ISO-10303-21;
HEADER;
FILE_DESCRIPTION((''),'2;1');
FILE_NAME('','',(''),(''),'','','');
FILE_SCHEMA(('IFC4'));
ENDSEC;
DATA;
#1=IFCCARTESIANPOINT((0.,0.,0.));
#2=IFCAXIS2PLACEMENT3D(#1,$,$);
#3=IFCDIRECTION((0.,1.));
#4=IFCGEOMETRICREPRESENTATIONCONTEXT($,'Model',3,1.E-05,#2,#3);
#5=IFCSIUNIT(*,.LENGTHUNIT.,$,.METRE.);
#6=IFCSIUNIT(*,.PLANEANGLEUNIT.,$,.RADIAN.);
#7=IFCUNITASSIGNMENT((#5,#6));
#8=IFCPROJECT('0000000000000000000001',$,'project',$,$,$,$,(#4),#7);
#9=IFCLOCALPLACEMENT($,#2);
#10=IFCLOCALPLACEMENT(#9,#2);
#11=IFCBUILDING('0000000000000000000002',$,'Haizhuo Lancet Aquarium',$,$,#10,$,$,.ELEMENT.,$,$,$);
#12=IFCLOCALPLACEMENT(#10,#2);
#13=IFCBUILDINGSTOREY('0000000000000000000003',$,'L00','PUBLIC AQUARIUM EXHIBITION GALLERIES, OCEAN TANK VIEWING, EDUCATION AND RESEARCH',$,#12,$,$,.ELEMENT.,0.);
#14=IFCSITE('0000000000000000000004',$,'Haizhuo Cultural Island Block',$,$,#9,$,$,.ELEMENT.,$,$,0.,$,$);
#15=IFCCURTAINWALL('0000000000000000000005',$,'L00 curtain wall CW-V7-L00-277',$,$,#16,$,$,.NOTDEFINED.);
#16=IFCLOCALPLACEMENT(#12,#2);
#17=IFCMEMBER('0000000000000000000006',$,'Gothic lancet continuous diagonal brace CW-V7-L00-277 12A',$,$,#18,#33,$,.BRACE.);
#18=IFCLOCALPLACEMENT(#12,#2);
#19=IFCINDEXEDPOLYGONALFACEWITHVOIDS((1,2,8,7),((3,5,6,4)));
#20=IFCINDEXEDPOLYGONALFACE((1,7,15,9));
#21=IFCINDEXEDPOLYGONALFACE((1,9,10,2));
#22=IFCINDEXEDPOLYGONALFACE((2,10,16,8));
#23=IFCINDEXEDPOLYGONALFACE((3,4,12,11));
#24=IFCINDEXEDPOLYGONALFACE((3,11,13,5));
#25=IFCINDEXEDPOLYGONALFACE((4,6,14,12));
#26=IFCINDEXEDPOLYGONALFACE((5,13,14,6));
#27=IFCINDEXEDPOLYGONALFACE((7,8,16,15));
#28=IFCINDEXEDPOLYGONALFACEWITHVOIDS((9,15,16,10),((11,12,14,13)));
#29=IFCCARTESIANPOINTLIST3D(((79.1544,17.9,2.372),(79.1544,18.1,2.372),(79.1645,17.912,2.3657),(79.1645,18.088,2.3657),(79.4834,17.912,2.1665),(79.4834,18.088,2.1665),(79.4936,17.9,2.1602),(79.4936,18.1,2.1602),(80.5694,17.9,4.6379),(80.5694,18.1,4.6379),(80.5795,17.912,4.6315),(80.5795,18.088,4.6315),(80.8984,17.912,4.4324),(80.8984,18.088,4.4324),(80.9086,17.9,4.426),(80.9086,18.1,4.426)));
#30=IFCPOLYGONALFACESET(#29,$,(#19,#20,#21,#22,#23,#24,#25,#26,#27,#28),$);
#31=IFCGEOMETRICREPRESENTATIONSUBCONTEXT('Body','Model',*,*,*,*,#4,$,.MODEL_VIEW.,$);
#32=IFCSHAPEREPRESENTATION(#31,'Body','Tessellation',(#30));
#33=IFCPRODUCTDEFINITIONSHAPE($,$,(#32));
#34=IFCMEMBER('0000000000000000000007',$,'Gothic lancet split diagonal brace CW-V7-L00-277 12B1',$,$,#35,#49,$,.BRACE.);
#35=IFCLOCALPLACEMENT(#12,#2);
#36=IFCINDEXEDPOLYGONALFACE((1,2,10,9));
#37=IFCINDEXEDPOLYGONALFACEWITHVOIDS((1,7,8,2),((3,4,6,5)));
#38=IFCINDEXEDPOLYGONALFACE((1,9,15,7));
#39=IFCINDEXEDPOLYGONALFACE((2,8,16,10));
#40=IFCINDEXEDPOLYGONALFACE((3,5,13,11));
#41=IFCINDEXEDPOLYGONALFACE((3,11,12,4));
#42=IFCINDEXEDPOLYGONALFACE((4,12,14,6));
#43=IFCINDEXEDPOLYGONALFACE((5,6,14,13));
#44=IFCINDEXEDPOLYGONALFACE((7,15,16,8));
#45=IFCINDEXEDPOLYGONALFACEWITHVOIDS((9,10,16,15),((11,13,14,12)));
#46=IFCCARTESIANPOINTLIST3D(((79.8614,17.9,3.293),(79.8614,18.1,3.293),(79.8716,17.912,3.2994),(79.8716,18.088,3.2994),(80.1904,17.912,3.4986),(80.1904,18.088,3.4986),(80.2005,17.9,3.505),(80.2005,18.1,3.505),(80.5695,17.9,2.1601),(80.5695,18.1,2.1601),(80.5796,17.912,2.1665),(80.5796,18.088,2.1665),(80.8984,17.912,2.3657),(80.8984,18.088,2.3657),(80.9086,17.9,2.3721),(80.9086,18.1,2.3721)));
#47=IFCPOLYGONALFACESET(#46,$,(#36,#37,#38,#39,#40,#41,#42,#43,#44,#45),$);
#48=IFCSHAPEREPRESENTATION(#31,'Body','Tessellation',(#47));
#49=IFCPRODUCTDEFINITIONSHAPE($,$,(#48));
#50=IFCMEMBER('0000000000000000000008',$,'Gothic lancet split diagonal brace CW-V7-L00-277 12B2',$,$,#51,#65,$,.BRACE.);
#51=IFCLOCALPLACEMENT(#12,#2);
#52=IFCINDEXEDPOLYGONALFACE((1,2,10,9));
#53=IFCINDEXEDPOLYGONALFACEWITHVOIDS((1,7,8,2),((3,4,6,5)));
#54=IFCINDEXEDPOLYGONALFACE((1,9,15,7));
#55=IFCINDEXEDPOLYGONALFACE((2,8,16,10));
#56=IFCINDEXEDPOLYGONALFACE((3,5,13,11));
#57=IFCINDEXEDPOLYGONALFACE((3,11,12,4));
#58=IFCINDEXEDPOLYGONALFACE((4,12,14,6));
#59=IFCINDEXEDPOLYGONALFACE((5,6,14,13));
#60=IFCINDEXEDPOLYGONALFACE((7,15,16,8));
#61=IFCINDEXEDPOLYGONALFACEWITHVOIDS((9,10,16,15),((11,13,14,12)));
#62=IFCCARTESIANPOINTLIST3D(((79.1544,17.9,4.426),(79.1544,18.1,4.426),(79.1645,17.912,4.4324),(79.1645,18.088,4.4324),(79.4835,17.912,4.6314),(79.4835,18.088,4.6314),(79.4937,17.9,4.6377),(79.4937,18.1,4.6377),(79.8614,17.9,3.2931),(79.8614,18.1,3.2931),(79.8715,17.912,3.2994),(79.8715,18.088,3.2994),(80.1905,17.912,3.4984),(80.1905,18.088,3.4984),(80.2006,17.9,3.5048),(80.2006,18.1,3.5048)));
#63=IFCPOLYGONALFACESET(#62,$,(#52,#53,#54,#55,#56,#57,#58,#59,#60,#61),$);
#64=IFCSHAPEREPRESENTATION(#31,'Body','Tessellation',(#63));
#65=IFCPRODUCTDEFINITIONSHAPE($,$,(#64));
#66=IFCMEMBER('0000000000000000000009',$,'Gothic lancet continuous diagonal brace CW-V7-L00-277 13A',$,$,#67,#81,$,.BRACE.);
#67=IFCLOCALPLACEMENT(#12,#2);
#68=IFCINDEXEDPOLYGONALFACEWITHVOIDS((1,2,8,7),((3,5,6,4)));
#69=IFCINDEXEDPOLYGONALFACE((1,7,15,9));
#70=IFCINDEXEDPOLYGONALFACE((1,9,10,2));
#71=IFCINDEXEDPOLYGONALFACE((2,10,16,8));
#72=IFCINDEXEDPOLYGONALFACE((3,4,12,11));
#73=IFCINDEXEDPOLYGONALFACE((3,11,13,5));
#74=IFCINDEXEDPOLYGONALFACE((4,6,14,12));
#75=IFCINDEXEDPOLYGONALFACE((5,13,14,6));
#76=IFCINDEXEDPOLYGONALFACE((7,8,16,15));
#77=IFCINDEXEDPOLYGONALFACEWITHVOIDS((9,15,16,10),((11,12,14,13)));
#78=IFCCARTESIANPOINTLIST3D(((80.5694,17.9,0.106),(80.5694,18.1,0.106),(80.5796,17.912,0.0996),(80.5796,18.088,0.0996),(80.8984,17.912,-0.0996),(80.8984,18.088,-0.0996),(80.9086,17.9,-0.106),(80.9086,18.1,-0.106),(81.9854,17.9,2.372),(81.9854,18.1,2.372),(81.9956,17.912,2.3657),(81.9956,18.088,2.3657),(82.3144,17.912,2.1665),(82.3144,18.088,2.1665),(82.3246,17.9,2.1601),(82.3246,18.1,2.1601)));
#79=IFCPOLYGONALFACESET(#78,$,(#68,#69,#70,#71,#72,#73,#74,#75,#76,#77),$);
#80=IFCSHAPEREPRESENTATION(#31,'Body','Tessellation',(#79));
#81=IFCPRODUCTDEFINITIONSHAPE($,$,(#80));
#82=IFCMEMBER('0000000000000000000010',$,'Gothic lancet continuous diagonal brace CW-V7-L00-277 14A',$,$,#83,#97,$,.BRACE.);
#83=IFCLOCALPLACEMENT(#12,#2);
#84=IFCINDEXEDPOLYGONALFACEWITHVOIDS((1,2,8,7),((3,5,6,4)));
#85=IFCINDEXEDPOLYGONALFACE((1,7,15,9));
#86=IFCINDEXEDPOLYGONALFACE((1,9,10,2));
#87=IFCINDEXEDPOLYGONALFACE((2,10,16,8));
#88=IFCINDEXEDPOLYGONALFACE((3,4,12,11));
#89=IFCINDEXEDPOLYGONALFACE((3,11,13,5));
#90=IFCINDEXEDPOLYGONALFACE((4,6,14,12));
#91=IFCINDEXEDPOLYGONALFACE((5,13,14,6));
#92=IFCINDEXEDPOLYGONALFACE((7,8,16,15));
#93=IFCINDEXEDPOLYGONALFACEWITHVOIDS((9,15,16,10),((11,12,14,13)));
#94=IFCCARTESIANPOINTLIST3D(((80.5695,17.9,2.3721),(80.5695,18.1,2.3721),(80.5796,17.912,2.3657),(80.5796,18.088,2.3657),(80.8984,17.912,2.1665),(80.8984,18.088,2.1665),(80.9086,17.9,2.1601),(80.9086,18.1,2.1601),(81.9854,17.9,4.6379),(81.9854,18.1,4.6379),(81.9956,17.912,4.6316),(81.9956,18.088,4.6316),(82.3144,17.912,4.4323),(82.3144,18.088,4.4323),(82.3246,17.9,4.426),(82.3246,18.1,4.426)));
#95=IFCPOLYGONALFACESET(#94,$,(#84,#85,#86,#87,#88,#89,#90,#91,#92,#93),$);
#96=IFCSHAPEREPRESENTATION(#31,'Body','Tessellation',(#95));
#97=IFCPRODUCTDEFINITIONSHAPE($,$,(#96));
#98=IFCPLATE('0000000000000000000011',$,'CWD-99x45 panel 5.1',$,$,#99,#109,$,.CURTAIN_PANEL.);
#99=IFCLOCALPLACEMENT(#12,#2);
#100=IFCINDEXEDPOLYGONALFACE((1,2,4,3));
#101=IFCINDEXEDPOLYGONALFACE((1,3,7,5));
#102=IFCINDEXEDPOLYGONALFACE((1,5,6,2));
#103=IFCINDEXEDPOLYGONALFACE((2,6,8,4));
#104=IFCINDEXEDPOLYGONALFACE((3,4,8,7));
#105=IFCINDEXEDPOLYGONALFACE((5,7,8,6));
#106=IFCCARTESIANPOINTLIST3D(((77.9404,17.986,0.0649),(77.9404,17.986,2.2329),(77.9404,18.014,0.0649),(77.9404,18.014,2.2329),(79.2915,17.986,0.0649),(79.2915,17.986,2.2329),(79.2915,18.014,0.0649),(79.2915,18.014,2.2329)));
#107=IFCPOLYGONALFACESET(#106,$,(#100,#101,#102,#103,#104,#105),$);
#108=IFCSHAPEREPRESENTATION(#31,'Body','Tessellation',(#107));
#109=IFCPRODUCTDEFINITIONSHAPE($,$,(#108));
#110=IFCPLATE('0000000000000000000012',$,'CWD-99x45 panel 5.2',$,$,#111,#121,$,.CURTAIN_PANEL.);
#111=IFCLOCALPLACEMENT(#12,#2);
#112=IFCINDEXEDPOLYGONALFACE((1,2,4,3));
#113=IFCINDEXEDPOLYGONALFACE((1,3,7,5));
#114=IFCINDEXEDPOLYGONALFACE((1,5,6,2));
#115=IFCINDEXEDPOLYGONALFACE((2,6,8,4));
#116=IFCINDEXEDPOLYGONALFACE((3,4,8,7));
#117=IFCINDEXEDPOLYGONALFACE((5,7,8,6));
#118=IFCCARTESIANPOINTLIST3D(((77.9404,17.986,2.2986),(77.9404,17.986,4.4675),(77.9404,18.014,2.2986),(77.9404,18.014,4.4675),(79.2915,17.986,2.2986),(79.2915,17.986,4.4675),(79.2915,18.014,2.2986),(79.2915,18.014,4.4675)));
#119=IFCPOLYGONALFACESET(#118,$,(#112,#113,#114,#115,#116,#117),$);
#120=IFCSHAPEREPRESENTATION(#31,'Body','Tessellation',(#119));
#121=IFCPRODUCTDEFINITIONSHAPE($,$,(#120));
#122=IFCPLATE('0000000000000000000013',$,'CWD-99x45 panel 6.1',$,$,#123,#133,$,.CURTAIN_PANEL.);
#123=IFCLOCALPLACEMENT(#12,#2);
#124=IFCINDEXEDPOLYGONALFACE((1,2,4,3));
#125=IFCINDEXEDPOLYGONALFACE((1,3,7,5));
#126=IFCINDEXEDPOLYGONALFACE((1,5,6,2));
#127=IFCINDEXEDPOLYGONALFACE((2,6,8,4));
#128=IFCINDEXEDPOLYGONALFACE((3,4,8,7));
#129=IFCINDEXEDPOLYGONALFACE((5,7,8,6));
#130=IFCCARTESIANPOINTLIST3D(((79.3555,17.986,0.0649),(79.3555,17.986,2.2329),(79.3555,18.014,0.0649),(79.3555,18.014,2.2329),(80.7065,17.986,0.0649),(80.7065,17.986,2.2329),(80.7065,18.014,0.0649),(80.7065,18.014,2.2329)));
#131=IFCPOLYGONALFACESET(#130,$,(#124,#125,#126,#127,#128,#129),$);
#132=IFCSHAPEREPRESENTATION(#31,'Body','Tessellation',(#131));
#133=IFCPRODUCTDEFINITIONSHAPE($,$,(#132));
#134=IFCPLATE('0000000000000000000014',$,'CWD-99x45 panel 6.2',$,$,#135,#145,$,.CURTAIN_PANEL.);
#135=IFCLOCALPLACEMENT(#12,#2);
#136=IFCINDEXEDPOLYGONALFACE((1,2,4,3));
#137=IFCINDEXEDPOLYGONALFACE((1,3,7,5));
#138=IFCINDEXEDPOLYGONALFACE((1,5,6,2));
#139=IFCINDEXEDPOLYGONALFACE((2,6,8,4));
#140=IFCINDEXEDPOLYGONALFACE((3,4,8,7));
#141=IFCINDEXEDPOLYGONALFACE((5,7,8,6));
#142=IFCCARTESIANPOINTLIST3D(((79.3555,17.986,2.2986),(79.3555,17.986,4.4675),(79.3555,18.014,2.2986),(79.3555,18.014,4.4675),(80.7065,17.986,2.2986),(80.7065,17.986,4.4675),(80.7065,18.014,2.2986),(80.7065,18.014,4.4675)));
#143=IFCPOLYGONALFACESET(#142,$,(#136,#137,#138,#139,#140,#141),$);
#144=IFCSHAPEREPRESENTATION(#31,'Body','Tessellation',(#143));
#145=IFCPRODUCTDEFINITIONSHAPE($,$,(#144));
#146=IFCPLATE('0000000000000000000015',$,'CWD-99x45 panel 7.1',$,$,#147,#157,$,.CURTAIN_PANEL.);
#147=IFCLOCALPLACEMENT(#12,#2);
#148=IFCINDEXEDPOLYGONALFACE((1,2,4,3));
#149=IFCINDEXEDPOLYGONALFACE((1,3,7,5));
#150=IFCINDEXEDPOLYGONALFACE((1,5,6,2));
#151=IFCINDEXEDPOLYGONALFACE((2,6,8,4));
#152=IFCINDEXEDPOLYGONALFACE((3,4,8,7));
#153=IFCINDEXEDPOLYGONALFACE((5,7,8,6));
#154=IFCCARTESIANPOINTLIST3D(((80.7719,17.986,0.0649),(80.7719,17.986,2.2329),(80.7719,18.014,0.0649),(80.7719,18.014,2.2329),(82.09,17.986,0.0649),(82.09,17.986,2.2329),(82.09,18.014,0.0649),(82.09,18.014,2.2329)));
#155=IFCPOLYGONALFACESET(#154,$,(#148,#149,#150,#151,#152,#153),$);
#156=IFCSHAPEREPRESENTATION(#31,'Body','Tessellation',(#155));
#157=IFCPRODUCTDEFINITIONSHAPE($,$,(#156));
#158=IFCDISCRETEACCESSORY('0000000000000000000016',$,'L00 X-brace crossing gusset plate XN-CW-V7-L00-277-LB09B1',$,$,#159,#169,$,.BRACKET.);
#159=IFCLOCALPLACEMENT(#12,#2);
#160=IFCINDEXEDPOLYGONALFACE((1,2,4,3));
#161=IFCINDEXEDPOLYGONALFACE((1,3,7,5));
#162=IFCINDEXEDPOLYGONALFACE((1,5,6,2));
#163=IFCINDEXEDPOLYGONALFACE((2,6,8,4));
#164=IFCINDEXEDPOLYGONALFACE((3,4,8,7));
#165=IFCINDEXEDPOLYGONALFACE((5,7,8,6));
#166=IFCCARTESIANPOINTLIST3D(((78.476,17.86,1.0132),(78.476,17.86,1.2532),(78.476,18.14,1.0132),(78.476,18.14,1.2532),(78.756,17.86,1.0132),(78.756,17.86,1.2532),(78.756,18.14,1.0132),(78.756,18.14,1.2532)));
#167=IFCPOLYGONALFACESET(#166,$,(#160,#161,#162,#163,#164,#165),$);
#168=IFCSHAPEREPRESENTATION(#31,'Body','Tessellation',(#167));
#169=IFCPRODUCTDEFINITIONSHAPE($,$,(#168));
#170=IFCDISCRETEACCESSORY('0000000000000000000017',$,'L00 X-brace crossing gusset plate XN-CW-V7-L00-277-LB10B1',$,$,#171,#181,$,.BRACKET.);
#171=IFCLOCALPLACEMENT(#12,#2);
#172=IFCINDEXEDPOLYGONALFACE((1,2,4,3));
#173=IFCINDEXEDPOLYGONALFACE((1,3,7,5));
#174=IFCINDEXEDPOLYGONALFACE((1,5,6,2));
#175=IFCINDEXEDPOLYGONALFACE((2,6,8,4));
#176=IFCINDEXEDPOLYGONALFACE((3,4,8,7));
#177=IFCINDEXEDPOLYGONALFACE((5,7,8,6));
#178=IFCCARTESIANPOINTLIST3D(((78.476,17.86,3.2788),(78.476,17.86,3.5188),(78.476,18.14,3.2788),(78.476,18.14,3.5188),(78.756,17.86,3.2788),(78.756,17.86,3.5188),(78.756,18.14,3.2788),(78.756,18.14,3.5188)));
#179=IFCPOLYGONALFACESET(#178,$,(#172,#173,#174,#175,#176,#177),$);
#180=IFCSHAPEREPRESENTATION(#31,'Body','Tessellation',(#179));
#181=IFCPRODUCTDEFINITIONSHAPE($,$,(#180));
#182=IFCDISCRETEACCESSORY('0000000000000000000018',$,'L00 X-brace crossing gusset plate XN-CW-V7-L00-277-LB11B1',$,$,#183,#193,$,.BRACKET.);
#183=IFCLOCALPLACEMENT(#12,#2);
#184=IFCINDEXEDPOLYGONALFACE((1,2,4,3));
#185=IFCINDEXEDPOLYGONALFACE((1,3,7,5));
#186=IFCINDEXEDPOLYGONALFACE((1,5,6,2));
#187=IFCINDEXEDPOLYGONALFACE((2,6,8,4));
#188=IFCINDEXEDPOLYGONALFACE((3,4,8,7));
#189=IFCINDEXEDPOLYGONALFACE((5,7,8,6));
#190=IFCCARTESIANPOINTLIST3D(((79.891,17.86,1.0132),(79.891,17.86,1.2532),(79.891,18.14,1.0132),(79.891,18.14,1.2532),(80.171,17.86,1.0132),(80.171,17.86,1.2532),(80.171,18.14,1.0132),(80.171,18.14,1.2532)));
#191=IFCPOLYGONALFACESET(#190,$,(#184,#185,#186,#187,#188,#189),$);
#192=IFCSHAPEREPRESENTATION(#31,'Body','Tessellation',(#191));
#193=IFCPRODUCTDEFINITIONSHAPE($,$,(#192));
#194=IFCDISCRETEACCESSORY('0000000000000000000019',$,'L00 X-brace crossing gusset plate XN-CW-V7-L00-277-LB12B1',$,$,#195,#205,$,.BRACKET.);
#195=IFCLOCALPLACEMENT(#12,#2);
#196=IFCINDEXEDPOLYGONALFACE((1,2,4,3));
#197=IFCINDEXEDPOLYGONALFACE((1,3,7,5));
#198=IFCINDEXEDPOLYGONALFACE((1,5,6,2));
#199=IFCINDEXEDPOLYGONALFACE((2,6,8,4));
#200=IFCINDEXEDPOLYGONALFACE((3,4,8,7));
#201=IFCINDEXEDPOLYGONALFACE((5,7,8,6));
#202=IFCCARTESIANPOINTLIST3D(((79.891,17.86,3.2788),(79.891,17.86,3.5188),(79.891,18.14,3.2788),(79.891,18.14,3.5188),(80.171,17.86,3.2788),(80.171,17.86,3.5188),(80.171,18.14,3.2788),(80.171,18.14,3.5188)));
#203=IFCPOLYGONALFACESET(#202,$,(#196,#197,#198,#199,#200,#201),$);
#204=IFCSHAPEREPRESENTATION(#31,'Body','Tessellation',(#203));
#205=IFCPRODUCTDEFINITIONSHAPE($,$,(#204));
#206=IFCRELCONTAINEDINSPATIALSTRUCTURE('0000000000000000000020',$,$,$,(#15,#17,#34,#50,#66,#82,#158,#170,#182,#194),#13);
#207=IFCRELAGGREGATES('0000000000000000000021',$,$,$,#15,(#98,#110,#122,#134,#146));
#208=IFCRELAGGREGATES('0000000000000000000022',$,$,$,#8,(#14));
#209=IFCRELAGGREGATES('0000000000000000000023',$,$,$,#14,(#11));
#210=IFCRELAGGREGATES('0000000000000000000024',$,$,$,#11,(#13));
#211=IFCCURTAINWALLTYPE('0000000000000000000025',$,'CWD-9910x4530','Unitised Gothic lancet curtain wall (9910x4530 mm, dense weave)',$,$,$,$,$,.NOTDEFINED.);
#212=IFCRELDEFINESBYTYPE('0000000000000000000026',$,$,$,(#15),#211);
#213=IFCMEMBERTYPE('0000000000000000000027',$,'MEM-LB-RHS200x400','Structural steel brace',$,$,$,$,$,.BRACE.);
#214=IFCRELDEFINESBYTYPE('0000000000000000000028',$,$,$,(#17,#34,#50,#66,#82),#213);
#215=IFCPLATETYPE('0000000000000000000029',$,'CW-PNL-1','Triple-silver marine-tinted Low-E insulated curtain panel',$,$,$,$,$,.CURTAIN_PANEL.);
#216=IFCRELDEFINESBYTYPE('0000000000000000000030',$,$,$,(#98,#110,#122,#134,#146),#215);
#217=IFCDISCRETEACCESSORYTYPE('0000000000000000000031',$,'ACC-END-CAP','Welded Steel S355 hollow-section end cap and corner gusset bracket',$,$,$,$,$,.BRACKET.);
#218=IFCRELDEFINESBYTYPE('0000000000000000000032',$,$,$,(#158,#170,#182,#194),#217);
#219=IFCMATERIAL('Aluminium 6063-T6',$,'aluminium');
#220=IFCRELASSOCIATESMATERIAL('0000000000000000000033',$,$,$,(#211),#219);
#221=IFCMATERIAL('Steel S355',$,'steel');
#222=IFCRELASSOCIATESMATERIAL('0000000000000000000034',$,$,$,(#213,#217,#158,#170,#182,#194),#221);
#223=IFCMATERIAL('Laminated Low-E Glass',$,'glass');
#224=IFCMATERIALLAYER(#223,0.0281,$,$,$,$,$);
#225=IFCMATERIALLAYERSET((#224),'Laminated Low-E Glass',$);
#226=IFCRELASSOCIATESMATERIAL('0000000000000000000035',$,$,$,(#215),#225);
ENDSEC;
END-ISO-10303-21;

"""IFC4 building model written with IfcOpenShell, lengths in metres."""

from ifc_helpers import new_model, si_unit, direction, frame, origin, origin_2d, place, context, subcontext, project, spatial, rectangle, hollow_rectangle, extrude, material, layer, layer_set, material_profile, profile_set, type_object, element, aggregate, save


model = new_model("IFC4")

# Units and contexts
model_context = context("Model", 3, precision=1e-05, world=origin(), true_north=direction((0.0, 1.0)))
body_context = subcontext(model_context, "Body", "Model", "MODEL_VIEW")
ifc_project = project(units=[si_unit("LENGTHUNIT", "METRE"), si_unit("PLANEANGLEUNIT", "RADIAN")], contexts=[model_context])

# Site, building, storey
site_placement = place(None, origin())
site = spatial("IfcSite", under=ifc_project, at=site_placement, Name="Haizhuo Cultural Island Block", CompositionType="ELEMENT", RefElevation=0.0)
building_placement = place(site_placement, origin())
building = spatial("IfcBuilding", under=site, at=building_placement, Name="Haizhuo Lancet Aquarium", CompositionType="ELEMENT")
storey_placement = place(building_placement, origin())
storey = spatial("IfcBuildingStorey", under=building, at=storey_placement, Name="L00", Description="PUBLIC AQUARIUM EXHIBITION GALLERIES, OCEAN TANK VIEWING, EDUCATION AND RESEARCH", CompositionType="ELEMENT", Elevation=0.0)

# Curtain wall
ifc_material_1 = material(Name="Aluminium 6063-T6", Category="aluminium")
curtain_wall_type = type_object("IfcCurtainWallType", Name="CWD-9910x4530", Description="Unitised Gothic lancet curtain wall (9910x4530 mm, dense weave)", PredefinedType="NOTDEFINED", material=ifc_material_1)
curtain_wall_placement = place(storey_placement, origin())
curtain_wall = element("IfcCurtainWall", 1, at=curtain_wall_placement, inside=storey, type_object=curtain_wall_type, Name="L00 curtain wall CW-V7-L00-277", PredefinedType="NOTDEFINED")

# Members
ifc_material_2 = material(Name="Steel S355", Category="steel")
ifc_material_profile_1 = material_profile(ifc_material_2, hollow_rectangle(XDim=0.2, YDim=0.3999, WallThickness=0.012, at=origin_2d()), Name="RHS 200x400x12")
ifc_profile_set_1 = profile_set([ifc_material_profile_1], Name="Steel S355")
member_type_1 = type_object("IfcMemberType", Name="MEM-LB-RHS200x400", Description="Structural steel brace", PredefinedType="BRACE", material=ifc_profile_set_1)
member_1_placement = place(storey_placement, frame((79.324, 18.0, 2.2661), z_axis=(0.529695, 0.0, 0.848188), x_axis=(0.0, 1.0, 0.0)))
element("IfcMember", 2, at=member_1_placement, inside=storey, type_object=member_type_1, Name="Gothic lancet continuous diagonal brace CW-V7-L00-277 12A", PredefinedType="BRACE", context=body_context, shape_type="SweptSolid", body=[
    extrude(hollow_rectangle(XDim=0.2, YDim=0.3999, WallThickness=0.012, at=origin_2d()), origin(), (0.0, 0.0, 1.0), 2.6714),
])
member_2_placement = place(storey_placement, frame((80.739, 18.0, 2.2661), z_axis=(-0.529999, 0.0, 0.847998), x_axis=(0.0, -1.0, 0.0)))
element("IfcMember", 3, at=member_2_placement, inside=storey, type_object=member_type_1, Name="Gothic lancet split diagonal brace CW-V7-L00-277 12B1", PredefinedType="BRACE", context=body_context, shape_type="SweptSolid", body=[
    extrude(hollow_rectangle(XDim=0.2, YDim=0.3999, WallThickness=0.012, at=origin_2d()), origin(), (0.0, 0.0, 1.0), 1.3359),
])
member_3_placement = place(storey_placement, frame((80.031, 18.0, 3.3989), z_axis=(-0.529391, 0.0, 0.848378), x_axis=(0.0, -1.0, 0.0)))
element("IfcMember", 4, at=member_3_placement, inside=storey, type_object=member_type_1, Name="Gothic lancet split diagonal brace CW-V7-L00-277 12B2", PredefinedType="BRACE", context=body_context, shape_type="SweptSolid", body=[
    extrude(hollow_rectangle(XDim=0.2, YDim=0.3999, WallThickness=0.012, at=origin_2d()), origin(), (0.0, 0.0, 1.0), 1.3354),
])
member_4_placement = place(storey_placement, frame((80.739, 18.0, 0.0), z_axis=(0.529917, 0.0, 0.84805), x_axis=(0.0, 1.0, 0.0)))
element("IfcMember", 5, at=member_4_placement, inside=storey, type_object=member_type_1, Name="Gothic lancet continuous diagonal brace CW-V7-L00-277 13A", PredefinedType="BRACE", context=body_context, shape_type="SweptSolid", body=[
    extrude(hollow_rectangle(XDim=0.2, YDim=0.3999, WallThickness=0.012, at=origin_2d()), origin(), (0.0, 0.0, 1.0), 2.6721),
])
member_5_placement = place(storey_placement, frame((80.739, 18.0, 2.2661), z_axis=(0.529958, 0.0, 0.848024), x_axis=(0.0, 1.0, 0.0)))
element("IfcMember", 6, at=member_5_placement, inside=storey, type_object=member_type_1, Name="Gothic lancet continuous diagonal brace CW-V7-L00-277 14A", PredefinedType="BRACE", context=body_context, shape_type="SweptSolid", body=[
    extrude(hollow_rectangle(XDim=0.2, YDim=0.3999, WallThickness=0.012, at=origin_2d()), origin(), (0.0, 0.0, 1.0), 2.6719),
])

# Plates
ifc_material_3 = material(Name="Laminated Low-E Glass", Category="glass")
ifc_layer = layer(ifc_material_3, 0.0281)
ifc_layer_set = layer_set([ifc_layer], Name="Laminated Low-E Glass")
plate_type = type_object("IfcPlateType", Name="CW-PNL-1", Description="Triple-silver marine-tinted Low-E insulated curtain panel", PredefinedType="CURTAIN_PANEL", material=ifc_layer_set)
plate_1_placement = place(storey_placement, frame((78.616, 18.0, 0.0649), z_axis=(0.0, 0.0, 1.0), x_axis=(1.0, 0.0, 0.0)))
plate_1 = element("IfcPlate", 7, at=plate_1_placement, type_object=plate_type, Name="CWD-99x45 panel 5.1", PredefinedType="CURTAIN_PANEL", context=body_context, shape_type="SweptSolid", body=[
    extrude(rectangle(XDim=1.3511, YDim=0.0281, at=origin_2d()), origin(), (0.0, 0.0, 1.0), 2.168),
])
plate_2_placement = place(storey_placement, frame((78.616, 18.0, 2.2986), z_axis=(0.0, 0.0, 1.0), x_axis=(1.0, 0.0, 0.0)))
plate_2 = element("IfcPlate", 8, at=plate_2_placement, type_object=plate_type, Name="CWD-99x45 panel 5.2", PredefinedType="CURTAIN_PANEL", context=body_context, shape_type="SweptSolid", body=[
    extrude(rectangle(XDim=1.3511, YDim=0.0281, at=origin_2d()), origin(), (0.0, 0.0, 1.0), 2.1689),
])
plate_3_placement = place(storey_placement, frame((80.031, 18.0, 0.0649), z_axis=(0.0, 0.0, 1.0), x_axis=(1.0, 0.0, 0.0)))
plate_3 = element("IfcPlate", 9, at=plate_3_placement, type_object=plate_type, Name="CWD-99x45 panel 6.1", PredefinedType="CURTAIN_PANEL", context=body_context, shape_type="SweptSolid", body=[
    extrude(rectangle(XDim=1.3511, YDim=0.0281, at=origin_2d()), origin(), (0.0, 0.0, 1.0), 2.168),
])
plate_4_placement = place(storey_placement, frame((80.031, 18.0, 2.2986), z_axis=(0.0, 0.0, 1.0), x_axis=(1.0, 0.0, 0.0)))
plate_4 = element("IfcPlate", 10, at=plate_4_placement, type_object=plate_type, Name="CWD-99x45 panel 6.2", PredefinedType="CURTAIN_PANEL", context=body_context, shape_type="SweptSolid", body=[
    extrude(rectangle(XDim=1.3511, YDim=0.0281, at=origin_2d()), origin(), (0.0, 0.0, 1.0), 2.1689),
])
plate_5_placement = place(storey_placement, frame((81.4309, 18.0, 0.0649), z_axis=(0.0, 0.0, 1.0), x_axis=(1.0, 0.0, 0.0)))
plate_5 = element("IfcPlate", 11, at=plate_5_placement, type_object=plate_type, Name="CWD-99x45 panel 7.1", PredefinedType="CURTAIN_PANEL", context=body_context, shape_type="SweptSolid", body=[
    extrude(rectangle(XDim=1.3181, YDim=0.0281, at=origin_2d()), origin(), (0.0, 0.0, 1.0), 2.168),
])
aggregate(curtain_wall, [plate_1, plate_2, plate_3, plate_4, plate_5])

# Discrete accessories
discrete_accessory_type = type_object("IfcDiscreteAccessoryType", Name="ACC-END-CAP", Description="Welded Steel S355 hollow-section end cap and corner gusset bracket", PredefinedType="BRACKET", material=ifc_material_2)
for number, where, z_axis, x_axis, name in (
    (12, (78.616, 18.0, 1.0132), (0.0, 0.0, 1.0), (1.0, 0.0, 0.0), "L00 X-brace crossing gusset plate XN-CW-V7-L00-277-LB09B1"),
    (13, (78.616, 18.0, 3.2788), (0.0, 0.0, 1.0), (1.0, 0.0, 0.0), "L00 X-brace crossing gusset plate XN-CW-V7-L00-277-LB10B1"),
    (14, (80.031, 18.0, 1.0132), (0.0, 0.0, 1.0), (1.0, 0.0, 0.0), "L00 X-brace crossing gusset plate XN-CW-V7-L00-277-LB11B1"),
    (15, (80.031, 18.0, 3.2788), (0.0, 0.0, 1.0), (1.0, 0.0, 0.0), "L00 X-brace crossing gusset plate XN-CW-V7-L00-277-LB12B1"),
):
    element("IfcDiscreteAccessory", number, at=place(storey_placement, frame(where, z_axis=z_axis, x_axis=x_axis)), inside=storey, type_object=discrete_accessory_type, material=ifc_material_2, Name=name, PredefinedType="BRACKET", context=body_context, shape_type="SweptSolid", body=[
        extrude(rectangle(XDim=0.28, YDim=0.28, at=origin_2d()), origin(), (0.0, 0.0, 1.0), 0.24),
    ])

save(model, "model.ifc")
